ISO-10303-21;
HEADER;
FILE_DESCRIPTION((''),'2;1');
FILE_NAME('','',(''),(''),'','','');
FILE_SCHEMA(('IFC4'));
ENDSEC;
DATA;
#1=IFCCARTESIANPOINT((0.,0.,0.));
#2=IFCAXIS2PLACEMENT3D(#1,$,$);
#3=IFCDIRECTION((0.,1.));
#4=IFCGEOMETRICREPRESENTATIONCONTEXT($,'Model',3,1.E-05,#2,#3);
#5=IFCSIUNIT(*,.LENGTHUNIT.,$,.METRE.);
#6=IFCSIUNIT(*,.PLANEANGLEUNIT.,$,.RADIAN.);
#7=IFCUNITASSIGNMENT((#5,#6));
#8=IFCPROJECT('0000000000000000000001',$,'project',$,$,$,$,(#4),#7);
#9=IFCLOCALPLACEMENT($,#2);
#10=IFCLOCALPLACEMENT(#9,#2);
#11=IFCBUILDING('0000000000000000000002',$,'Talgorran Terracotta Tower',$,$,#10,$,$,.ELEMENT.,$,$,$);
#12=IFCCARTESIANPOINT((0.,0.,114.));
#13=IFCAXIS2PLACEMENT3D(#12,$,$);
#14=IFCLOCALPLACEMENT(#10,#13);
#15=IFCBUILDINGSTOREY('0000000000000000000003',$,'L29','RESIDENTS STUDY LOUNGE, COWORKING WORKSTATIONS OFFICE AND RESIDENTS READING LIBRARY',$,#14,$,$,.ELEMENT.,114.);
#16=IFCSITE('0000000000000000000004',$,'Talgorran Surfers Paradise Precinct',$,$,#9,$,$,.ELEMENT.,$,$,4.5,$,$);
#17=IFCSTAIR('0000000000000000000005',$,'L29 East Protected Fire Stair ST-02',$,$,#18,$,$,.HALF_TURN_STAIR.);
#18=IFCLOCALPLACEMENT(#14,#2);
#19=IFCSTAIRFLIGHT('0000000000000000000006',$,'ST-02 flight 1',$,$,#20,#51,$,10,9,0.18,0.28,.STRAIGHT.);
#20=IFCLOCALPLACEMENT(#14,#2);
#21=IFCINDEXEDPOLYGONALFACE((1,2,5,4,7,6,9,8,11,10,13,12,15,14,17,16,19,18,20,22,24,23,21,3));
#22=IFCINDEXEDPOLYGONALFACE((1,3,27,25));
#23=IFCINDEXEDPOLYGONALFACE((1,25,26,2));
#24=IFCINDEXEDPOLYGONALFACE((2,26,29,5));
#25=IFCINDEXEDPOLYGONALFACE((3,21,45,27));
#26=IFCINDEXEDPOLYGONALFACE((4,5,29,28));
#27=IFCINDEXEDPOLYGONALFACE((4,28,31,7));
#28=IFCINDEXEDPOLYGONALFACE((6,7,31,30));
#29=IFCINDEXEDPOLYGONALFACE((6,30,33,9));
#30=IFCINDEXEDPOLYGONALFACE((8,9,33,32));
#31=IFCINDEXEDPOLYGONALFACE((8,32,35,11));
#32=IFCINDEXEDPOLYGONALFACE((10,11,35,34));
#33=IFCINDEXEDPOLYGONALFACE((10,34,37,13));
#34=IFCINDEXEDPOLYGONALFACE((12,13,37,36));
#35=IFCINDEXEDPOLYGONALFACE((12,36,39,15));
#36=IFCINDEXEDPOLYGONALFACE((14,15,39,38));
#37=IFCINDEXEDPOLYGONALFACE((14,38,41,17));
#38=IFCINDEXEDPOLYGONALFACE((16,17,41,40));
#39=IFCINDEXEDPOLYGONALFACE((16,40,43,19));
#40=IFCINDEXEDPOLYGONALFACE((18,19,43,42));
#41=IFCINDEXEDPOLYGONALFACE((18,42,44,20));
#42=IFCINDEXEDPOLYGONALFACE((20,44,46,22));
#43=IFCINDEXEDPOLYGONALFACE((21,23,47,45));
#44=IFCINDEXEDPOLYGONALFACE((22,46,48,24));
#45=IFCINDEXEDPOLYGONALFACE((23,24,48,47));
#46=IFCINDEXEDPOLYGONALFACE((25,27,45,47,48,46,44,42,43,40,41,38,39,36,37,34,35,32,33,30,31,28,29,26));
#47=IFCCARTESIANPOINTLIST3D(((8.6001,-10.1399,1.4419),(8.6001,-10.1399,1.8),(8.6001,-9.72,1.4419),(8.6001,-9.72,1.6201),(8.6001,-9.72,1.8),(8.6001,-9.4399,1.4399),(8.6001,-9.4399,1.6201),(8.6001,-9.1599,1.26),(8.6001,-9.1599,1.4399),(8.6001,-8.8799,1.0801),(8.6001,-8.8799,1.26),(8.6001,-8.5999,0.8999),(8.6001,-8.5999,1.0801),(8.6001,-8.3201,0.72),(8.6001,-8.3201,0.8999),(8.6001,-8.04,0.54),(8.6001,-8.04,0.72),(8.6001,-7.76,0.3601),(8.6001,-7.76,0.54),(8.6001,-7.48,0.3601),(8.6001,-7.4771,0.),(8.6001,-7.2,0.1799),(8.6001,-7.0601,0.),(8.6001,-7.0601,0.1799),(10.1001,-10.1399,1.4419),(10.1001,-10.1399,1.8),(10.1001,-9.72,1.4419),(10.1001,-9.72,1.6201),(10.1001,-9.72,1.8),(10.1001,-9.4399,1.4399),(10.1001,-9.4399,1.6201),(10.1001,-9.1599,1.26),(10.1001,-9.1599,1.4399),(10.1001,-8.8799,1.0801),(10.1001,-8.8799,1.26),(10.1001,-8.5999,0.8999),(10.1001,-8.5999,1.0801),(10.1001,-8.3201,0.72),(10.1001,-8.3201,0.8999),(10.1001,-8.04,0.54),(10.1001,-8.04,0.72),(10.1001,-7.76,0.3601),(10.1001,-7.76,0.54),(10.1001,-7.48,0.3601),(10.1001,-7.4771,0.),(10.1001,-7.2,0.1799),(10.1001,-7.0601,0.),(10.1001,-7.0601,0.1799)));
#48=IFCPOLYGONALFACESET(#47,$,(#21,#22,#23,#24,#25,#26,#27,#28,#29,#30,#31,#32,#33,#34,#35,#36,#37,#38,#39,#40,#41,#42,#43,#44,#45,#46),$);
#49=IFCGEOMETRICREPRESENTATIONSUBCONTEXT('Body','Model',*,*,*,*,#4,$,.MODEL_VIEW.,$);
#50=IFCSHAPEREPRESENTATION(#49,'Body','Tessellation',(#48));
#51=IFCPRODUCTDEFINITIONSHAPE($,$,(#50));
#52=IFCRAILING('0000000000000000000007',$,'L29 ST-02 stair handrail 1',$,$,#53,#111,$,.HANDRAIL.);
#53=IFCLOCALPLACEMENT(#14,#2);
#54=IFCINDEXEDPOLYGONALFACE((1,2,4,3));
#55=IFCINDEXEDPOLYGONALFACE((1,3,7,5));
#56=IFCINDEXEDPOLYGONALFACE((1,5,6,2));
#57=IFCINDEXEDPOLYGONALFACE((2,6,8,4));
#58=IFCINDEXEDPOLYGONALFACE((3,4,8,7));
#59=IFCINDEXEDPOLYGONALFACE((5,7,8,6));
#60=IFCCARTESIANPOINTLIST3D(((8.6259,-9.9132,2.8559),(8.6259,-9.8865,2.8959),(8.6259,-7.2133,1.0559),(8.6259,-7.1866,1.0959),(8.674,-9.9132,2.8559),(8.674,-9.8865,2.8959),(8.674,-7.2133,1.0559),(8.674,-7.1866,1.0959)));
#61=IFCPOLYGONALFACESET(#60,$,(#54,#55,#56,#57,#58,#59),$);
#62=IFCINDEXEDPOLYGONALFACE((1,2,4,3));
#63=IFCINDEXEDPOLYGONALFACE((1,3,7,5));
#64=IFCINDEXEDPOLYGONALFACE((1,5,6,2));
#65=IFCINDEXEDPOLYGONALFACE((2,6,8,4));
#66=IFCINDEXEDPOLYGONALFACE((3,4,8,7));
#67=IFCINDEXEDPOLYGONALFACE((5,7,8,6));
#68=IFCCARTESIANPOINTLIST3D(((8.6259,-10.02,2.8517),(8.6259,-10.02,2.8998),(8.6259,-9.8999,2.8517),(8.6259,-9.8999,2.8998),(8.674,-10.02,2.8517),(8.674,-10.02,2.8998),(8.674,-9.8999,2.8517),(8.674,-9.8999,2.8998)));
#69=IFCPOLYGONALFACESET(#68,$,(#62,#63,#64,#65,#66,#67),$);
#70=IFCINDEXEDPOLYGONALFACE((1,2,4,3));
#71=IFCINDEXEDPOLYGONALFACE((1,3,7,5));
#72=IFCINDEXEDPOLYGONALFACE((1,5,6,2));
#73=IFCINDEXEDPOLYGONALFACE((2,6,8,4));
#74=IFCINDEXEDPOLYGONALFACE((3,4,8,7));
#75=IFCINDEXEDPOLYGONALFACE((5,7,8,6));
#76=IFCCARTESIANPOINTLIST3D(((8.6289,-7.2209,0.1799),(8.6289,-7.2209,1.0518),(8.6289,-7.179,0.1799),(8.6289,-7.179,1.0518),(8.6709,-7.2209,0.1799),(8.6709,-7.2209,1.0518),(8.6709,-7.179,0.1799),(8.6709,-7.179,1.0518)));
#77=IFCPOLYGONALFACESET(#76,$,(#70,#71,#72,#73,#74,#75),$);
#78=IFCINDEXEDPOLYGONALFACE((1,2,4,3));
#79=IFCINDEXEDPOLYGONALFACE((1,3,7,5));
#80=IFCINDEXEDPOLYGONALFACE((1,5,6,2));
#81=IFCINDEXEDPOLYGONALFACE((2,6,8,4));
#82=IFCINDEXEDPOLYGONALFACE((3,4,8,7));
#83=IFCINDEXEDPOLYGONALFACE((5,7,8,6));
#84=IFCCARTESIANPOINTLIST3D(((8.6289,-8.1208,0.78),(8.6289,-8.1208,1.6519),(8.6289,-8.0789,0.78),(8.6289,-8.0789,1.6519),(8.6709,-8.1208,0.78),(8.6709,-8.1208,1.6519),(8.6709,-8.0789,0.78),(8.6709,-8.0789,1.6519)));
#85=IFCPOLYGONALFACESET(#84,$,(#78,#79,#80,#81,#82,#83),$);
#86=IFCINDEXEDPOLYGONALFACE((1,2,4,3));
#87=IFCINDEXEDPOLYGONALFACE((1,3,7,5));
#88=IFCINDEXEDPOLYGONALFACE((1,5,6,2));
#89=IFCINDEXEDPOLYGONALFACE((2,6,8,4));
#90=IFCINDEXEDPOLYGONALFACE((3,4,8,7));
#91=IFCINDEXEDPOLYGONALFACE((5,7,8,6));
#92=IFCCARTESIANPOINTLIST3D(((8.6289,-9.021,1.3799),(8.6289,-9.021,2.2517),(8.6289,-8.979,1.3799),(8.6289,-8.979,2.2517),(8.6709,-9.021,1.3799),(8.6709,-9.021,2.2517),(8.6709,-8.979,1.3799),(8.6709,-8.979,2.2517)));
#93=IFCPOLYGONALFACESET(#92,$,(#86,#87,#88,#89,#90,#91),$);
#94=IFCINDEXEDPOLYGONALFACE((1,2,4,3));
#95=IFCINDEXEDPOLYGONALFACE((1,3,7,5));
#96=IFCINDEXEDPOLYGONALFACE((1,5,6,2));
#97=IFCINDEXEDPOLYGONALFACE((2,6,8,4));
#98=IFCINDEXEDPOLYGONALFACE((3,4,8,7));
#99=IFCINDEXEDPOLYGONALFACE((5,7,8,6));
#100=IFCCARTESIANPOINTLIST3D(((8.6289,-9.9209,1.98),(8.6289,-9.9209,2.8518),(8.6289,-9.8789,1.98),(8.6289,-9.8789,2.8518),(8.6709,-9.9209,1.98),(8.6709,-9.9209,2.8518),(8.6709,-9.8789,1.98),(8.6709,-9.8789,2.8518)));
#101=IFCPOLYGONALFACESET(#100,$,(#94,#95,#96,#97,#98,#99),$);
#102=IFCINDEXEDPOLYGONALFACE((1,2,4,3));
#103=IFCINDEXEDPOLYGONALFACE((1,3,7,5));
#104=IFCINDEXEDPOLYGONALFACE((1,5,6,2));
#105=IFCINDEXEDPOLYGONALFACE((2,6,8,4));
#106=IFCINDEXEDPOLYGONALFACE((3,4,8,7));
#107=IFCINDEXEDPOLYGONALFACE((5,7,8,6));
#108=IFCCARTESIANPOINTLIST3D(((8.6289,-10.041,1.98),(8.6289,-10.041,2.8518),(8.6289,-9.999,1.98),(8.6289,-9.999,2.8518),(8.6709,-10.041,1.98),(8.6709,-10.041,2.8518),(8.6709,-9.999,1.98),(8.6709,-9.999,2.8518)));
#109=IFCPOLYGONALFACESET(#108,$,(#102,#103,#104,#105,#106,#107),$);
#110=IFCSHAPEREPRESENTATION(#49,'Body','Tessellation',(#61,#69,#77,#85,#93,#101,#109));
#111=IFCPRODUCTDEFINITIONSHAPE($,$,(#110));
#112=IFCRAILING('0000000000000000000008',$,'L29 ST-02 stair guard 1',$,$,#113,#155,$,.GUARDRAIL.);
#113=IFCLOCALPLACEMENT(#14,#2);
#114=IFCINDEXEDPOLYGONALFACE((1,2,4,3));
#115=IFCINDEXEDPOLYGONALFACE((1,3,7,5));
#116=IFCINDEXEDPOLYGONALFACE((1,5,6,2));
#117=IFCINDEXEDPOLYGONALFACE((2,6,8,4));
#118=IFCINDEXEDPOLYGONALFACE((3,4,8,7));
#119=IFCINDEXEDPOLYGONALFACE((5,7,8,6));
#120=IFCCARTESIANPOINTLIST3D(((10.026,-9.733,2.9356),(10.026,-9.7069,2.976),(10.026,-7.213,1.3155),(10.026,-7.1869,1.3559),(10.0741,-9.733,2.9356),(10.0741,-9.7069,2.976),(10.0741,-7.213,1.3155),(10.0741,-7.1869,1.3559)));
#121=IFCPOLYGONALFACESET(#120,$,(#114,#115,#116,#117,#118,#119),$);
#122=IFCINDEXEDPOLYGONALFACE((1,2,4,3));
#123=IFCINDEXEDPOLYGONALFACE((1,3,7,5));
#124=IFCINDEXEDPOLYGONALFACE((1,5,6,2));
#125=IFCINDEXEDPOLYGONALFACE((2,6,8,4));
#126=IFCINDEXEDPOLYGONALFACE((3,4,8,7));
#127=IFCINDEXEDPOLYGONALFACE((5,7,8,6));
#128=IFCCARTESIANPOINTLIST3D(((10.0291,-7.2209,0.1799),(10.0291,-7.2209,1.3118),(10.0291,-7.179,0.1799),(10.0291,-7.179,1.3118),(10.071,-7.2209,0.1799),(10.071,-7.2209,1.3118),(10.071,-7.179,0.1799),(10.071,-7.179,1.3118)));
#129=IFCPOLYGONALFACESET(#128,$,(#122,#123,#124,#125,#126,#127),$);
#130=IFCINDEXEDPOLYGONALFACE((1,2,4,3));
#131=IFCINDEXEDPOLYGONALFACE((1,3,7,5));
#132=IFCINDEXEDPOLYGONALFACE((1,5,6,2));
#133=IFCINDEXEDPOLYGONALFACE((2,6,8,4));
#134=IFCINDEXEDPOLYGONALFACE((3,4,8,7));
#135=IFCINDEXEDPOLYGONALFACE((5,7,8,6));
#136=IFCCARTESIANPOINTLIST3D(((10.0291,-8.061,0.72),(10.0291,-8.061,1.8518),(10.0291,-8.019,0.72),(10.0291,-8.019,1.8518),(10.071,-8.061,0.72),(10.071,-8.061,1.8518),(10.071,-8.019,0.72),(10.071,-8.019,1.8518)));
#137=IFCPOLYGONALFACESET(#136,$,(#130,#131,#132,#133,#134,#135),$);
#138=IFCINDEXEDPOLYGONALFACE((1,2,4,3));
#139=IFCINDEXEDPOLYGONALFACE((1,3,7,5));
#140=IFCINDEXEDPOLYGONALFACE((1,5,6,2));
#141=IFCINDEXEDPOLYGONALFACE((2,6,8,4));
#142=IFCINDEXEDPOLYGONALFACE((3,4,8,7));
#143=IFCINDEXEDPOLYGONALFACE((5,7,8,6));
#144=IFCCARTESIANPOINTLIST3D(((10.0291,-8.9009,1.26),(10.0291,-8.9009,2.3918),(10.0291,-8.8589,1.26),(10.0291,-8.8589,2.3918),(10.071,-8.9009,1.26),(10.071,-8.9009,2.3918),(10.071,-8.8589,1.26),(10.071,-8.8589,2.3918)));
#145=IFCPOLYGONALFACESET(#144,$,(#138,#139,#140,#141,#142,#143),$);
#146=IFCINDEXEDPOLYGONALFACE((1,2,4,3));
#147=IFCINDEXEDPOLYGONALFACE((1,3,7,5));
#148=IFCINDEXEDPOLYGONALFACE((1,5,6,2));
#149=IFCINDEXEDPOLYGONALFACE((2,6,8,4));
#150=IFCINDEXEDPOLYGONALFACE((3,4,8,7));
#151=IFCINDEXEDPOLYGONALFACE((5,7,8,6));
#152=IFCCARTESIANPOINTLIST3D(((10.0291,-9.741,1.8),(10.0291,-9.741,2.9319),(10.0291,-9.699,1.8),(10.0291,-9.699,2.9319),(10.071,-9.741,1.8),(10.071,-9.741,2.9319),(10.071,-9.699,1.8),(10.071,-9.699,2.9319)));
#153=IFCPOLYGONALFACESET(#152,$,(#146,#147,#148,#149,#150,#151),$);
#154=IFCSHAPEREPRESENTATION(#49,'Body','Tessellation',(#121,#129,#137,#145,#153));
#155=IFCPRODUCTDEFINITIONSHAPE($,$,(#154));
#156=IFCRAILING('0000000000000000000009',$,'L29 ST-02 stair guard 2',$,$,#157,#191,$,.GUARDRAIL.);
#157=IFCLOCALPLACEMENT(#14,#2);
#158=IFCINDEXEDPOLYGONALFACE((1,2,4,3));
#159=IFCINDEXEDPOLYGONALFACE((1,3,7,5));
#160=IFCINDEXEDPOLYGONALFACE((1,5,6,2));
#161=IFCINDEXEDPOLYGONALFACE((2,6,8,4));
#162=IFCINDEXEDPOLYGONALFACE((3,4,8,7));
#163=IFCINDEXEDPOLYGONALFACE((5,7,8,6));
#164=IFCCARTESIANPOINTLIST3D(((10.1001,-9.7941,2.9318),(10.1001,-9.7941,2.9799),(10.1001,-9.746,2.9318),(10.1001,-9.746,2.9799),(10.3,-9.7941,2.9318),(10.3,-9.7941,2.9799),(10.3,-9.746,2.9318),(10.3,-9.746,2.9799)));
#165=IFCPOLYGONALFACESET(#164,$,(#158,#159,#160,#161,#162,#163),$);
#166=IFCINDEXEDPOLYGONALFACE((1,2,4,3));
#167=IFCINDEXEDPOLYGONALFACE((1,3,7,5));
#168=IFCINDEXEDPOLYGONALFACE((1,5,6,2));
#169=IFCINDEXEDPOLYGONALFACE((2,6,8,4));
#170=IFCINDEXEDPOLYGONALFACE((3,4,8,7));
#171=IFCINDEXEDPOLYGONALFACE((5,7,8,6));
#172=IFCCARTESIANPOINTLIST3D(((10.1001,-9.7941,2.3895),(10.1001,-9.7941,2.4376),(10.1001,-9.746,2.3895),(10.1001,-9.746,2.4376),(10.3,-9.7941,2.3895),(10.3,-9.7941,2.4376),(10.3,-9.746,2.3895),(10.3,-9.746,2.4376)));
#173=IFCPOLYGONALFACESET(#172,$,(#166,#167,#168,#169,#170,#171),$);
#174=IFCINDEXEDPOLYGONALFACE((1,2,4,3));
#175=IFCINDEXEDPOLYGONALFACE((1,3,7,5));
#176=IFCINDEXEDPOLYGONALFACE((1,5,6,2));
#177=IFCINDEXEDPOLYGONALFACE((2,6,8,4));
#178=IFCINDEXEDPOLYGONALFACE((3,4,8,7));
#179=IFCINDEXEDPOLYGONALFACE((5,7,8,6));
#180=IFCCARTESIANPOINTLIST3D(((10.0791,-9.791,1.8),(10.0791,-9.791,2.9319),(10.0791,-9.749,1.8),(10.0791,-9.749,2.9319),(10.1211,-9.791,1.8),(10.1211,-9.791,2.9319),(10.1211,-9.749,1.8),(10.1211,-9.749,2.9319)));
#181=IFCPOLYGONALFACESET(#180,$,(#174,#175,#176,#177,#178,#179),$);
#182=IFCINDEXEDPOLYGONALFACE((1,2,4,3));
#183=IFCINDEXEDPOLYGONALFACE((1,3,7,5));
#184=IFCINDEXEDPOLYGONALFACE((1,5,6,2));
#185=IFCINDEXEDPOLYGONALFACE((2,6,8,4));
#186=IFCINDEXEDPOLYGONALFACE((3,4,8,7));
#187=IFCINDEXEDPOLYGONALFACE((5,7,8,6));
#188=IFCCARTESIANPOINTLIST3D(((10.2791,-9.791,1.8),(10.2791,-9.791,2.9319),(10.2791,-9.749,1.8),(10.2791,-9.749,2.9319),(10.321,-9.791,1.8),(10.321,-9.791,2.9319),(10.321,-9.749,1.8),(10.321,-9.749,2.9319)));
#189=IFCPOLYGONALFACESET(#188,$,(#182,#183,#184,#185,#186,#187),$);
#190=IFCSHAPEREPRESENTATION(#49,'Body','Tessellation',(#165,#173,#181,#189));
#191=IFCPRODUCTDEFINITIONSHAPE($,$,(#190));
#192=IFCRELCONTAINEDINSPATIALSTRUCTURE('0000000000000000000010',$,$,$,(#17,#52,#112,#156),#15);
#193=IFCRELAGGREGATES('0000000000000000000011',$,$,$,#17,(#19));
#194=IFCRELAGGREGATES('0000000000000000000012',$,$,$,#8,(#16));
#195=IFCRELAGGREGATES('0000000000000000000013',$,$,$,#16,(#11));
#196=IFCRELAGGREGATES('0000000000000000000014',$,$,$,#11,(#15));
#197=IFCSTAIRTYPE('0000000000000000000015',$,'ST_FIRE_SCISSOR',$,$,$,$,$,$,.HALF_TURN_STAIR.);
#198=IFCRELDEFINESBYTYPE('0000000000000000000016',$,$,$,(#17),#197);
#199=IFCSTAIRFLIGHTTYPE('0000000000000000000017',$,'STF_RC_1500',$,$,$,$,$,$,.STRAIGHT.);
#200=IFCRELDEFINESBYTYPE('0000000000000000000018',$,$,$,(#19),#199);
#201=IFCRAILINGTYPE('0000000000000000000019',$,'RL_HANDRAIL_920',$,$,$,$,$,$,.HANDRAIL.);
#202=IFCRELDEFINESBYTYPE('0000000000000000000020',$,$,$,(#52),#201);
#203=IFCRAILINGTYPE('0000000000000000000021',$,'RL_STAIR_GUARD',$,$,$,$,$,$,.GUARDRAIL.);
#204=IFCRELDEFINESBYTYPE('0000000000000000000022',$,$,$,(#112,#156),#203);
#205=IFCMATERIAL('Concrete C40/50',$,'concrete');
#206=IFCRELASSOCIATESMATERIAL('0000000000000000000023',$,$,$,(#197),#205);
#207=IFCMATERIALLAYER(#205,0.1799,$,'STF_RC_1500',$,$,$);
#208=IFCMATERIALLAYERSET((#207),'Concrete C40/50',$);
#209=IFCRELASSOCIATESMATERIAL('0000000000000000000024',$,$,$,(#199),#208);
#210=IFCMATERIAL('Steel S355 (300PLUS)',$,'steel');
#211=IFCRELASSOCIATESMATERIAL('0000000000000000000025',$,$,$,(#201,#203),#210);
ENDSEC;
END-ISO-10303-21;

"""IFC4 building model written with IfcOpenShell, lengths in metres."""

from ifc_helpers import new_model, si_unit, direction, frame, origin, origin_2d, place, context, subcontext, project, spatial, polyline, rectangle, outline, extrude, material, layer, layer_set, type_object, element, aggregate, save


model = new_model("IFC4")

# Units and contexts
model_context = context("Model", 3, precision=1e-05, world=origin(), true_north=direction((0.0, 1.0)))
body_context = subcontext(model_context, "Body", "Model", "MODEL_VIEW")
ifc_project = project(units=[si_unit("LENGTHUNIT", "METRE"), si_unit("PLANEANGLEUNIT", "RADIAN")], contexts=[model_context])

# Site, building, storey
site_placement = place(None, origin())
site = spatial("IfcSite", under=ifc_project, at=site_placement, Name="Talgorran Surfers Paradise Precinct", CompositionType="ELEMENT", RefElevation=4.5)
building_placement = place(site_placement, origin())
building = spatial("IfcBuilding", under=site, at=building_placement, Name="Talgorran Terracotta Tower", CompositionType="ELEMENT")
storey_placement = place(building_placement, frame((0.0, 0.0, 114.0)))
storey = spatial("IfcBuildingStorey", under=building, at=storey_placement, Name="L29", Description="RESIDENTS STUDY LOUNGE, COWORKING WORKSTATIONS OFFICE AND RESIDENTS READING LIBRARY", CompositionType="ELEMENT", Elevation=114.0)

# Shared definitions
ifc_material_1 = material(Name="Steel S355 (300PLUS)", Category="steel")

# Stair, stair flight
ifc_material_2 = material(Name="Concrete C40/50", Category="concrete")
stair_type = type_object("IfcStairType", Name="ST_FIRE_SCISSOR", PredefinedType="HALF_TURN_STAIR", material=ifc_material_2)
stair_placement = place(storey_placement, origin())
stair = element("IfcStair", 1, at=stair_placement, inside=storey, type_object=stair_type, Name="L29 East Protected Fire Stair ST-02", PredefinedType="HALF_TURN_STAIR")
ifc_layer_1 = layer(ifc_material_2, 0.1799, Name="STF_RC_1500")
ifc_layer_set_1 = layer_set([ifc_layer_1], Name="Concrete C40/50")
stair_flight_type = type_object("IfcStairFlightType", Name="STF_RC_1500", PredefinedType="STRAIGHT", material=ifc_layer_set_1)
stair_flight_placement = place(storey_placement, frame((9.3501, -7.2, 0.0), z_axis=(0.0, 0.0, 1.0), x_axis=(0.0, -1.0, 0.0)))
stair_flight = element("IfcStairFlight", 2, at=stair_flight_placement, type_object=stair_flight_type, Name="ST-02 flight 1", NumberOfRisers=10, NumberOfTreads=9, PredefinedType="STRAIGHT", RiserHeight=0.18, TreadLength=0.28, context=body_context, shape_type="SweptSolid", body=[
    extrude(outline(polyline([(-0.1399, 0.0), (-0.1399, 0.1799), (0.0, 0.1799), (0.28, 0.3601), (0.5601, 0.3601), (0.5601, 0.54), (0.8401, 0.54), (0.8401, 0.72), (1.1201, 0.72), (1.1201, 0.8999), (1.3999, 0.8999), (1.3999, 1.0801), (1.6799, 1.0801), (1.6799, 1.26), (1.96, 1.26), (1.96, 1.4399), (2.24, 1.4399), (2.24, 1.6201), (2.52, 1.6201), (2.52, 1.8), (2.9399, 1.8), (2.9399, 1.4419), (2.52, 1.4419), (0.2771, 0.0), (-0.1399, 0.0)])), frame((0.0, 0.75, 0.0), z_axis=(0.0, -1.0, 0.0), x_axis=(1.0, 0.0, 0.0)), (0.0, 0.0, 1.0), 1.5),
])
aggregate(stair, [stair_flight])

# Railings
railing_type_1 = type_object("IfcRailingType", Name="RL_HANDRAIL_920", PredefinedType="HANDRAIL", material=ifc_material_1)
railing_1_placement = place(storey_placement, frame((8.6499, -7.2, 0.1799)))
element("IfcRailing", 3, at=railing_1_placement, inside=storey, type_object=railing_type_1, Name="L29 ST-02 stair handrail 1", PredefinedType="HANDRAIL", context=body_context, shape_type="SweptSolid", body=[
    extrude(rectangle(XDim=0.0481, YDim=0.0481, at=origin_2d()), frame((0.0, 0.0, 0.896), z_axis=(0.0, -0.832039, 0.554718), x_axis=(1.0, 0.0, 0.0)), (0.0, 0.0, 1.0), 3.2449),
    extrude(rectangle(XDim=0.0481, YDim=0.0481, at=origin_2d()), frame((0.0, -2.7, 2.6958), z_axis=(0.0, -1.0, 0.0), x_axis=(1.0, 0.0, 0.0)), (0.0, 0.0, 1.0), 0.1201),
    extrude(rectangle(XDim=0.042, YDim=0.042, at=origin_2d()), origin(), (0.0, 0.0, 1.0), 0.8718),
    extrude(rectangle(XDim=0.042, YDim=0.042, at=origin_2d()), frame((0.0, -0.8999, 0.6001)), (0.0, 0.0, 1.0), 0.8718),
    extrude(rectangle(XDim=0.042, YDim=0.042, at=origin_2d()), frame((0.0, -1.8, 1.2)), (0.0, 0.0, 1.0), 0.8718),
    extrude(rectangle(XDim=0.042, YDim=0.042, at=origin_2d()), frame((0.0, -2.7, 1.8)), (0.0, 0.0, 1.0), 0.8718),
    extrude(rectangle(XDim=0.042, YDim=0.042, at=origin_2d()), frame((0.0, -2.8201, 1.8)), (0.0, 0.0, 1.0), 0.8718),
])
railing_type_2 = type_object("IfcRailingType", Name="RL_STAIR_GUARD", PredefinedType="GUARDRAIL", material=ifc_material_1)
railing_2_placement = place(storey_placement, frame((10.05, -7.2, 0.1799)))
element("IfcRailing", 4, at=railing_2_placement, inside=storey, type_object=railing_type_2, Name="L29 ST-02 stair guard 1", PredefinedType="GUARDRAIL", context=body_context, shape_type="SweptSolid", body=[
    extrude(rectangle(XDim=0.0481, YDim=0.0481, at=origin_2d()), frame((0.0, 0.0, 1.1558), z_axis=(0.0, -0.841163, 0.540782), x_axis=(1.0, 0.0, 0.0)), (0.0, 0.0, 1.0), 2.9958),
    extrude(rectangle(XDim=0.042, YDim=0.042, at=origin_2d()), origin(), (0.0, 0.0, 1.0), 1.1318),
    extrude(rectangle(XDim=0.042, YDim=0.042, at=origin_2d()), frame((0.0, -0.8401, 0.54)), (0.0, 0.0, 1.0), 1.1318),
    extrude(rectangle(XDim=0.042, YDim=0.042, at=origin_2d()), frame((0.0, -1.6799, 1.0801)), (0.0, 0.0, 1.0), 1.1318),
    extrude(rectangle(XDim=0.042, YDim=0.042, at=origin_2d()), frame((0.0, -2.52, 1.6201)), (0.0, 0.0, 1.0), 1.1318),
])
railing_3_placement = place(storey_placement, frame((10.1001, -9.77, 1.8)))
element("IfcRailing", 5, at=railing_3_placement, inside=storey, type_object=railing_type_2, Name="L29 ST-02 stair guard 2", PredefinedType="GUARDRAIL", context=body_context, shape_type="SweptSolid", body=[
    extrude(rectangle(XDim=0.0481, YDim=0.0481, at=origin_2d()), frame((0.0, 0.0, 1.1558), z_axis=(1.0, 0.0, 0.0), x_axis=(0.0, 1.0, 0.0)), (0.0, 0.0, 1.0), 0.2),
    extrude(rectangle(XDim=0.0481, YDim=0.0481, at=origin_2d()), frame((0.0, 0.0, 0.6135), z_axis=(1.0, 0.0, 0.0), x_axis=(0.0, 1.0, 0.0)), (0.0, 0.0, 1.0), 0.2),
    extrude(rectangle(XDim=0.042, YDim=0.042, at=origin_2d()), origin(), (0.0, 0.0, 1.0), 1.1318),
    extrude(rectangle(XDim=0.042, YDim=0.042, at=origin_2d()), frame((0.2, 0.0, 0.0)), (0.0, 0.0, 1.0), 1.1318),
])

save(model, "model.ifc")
